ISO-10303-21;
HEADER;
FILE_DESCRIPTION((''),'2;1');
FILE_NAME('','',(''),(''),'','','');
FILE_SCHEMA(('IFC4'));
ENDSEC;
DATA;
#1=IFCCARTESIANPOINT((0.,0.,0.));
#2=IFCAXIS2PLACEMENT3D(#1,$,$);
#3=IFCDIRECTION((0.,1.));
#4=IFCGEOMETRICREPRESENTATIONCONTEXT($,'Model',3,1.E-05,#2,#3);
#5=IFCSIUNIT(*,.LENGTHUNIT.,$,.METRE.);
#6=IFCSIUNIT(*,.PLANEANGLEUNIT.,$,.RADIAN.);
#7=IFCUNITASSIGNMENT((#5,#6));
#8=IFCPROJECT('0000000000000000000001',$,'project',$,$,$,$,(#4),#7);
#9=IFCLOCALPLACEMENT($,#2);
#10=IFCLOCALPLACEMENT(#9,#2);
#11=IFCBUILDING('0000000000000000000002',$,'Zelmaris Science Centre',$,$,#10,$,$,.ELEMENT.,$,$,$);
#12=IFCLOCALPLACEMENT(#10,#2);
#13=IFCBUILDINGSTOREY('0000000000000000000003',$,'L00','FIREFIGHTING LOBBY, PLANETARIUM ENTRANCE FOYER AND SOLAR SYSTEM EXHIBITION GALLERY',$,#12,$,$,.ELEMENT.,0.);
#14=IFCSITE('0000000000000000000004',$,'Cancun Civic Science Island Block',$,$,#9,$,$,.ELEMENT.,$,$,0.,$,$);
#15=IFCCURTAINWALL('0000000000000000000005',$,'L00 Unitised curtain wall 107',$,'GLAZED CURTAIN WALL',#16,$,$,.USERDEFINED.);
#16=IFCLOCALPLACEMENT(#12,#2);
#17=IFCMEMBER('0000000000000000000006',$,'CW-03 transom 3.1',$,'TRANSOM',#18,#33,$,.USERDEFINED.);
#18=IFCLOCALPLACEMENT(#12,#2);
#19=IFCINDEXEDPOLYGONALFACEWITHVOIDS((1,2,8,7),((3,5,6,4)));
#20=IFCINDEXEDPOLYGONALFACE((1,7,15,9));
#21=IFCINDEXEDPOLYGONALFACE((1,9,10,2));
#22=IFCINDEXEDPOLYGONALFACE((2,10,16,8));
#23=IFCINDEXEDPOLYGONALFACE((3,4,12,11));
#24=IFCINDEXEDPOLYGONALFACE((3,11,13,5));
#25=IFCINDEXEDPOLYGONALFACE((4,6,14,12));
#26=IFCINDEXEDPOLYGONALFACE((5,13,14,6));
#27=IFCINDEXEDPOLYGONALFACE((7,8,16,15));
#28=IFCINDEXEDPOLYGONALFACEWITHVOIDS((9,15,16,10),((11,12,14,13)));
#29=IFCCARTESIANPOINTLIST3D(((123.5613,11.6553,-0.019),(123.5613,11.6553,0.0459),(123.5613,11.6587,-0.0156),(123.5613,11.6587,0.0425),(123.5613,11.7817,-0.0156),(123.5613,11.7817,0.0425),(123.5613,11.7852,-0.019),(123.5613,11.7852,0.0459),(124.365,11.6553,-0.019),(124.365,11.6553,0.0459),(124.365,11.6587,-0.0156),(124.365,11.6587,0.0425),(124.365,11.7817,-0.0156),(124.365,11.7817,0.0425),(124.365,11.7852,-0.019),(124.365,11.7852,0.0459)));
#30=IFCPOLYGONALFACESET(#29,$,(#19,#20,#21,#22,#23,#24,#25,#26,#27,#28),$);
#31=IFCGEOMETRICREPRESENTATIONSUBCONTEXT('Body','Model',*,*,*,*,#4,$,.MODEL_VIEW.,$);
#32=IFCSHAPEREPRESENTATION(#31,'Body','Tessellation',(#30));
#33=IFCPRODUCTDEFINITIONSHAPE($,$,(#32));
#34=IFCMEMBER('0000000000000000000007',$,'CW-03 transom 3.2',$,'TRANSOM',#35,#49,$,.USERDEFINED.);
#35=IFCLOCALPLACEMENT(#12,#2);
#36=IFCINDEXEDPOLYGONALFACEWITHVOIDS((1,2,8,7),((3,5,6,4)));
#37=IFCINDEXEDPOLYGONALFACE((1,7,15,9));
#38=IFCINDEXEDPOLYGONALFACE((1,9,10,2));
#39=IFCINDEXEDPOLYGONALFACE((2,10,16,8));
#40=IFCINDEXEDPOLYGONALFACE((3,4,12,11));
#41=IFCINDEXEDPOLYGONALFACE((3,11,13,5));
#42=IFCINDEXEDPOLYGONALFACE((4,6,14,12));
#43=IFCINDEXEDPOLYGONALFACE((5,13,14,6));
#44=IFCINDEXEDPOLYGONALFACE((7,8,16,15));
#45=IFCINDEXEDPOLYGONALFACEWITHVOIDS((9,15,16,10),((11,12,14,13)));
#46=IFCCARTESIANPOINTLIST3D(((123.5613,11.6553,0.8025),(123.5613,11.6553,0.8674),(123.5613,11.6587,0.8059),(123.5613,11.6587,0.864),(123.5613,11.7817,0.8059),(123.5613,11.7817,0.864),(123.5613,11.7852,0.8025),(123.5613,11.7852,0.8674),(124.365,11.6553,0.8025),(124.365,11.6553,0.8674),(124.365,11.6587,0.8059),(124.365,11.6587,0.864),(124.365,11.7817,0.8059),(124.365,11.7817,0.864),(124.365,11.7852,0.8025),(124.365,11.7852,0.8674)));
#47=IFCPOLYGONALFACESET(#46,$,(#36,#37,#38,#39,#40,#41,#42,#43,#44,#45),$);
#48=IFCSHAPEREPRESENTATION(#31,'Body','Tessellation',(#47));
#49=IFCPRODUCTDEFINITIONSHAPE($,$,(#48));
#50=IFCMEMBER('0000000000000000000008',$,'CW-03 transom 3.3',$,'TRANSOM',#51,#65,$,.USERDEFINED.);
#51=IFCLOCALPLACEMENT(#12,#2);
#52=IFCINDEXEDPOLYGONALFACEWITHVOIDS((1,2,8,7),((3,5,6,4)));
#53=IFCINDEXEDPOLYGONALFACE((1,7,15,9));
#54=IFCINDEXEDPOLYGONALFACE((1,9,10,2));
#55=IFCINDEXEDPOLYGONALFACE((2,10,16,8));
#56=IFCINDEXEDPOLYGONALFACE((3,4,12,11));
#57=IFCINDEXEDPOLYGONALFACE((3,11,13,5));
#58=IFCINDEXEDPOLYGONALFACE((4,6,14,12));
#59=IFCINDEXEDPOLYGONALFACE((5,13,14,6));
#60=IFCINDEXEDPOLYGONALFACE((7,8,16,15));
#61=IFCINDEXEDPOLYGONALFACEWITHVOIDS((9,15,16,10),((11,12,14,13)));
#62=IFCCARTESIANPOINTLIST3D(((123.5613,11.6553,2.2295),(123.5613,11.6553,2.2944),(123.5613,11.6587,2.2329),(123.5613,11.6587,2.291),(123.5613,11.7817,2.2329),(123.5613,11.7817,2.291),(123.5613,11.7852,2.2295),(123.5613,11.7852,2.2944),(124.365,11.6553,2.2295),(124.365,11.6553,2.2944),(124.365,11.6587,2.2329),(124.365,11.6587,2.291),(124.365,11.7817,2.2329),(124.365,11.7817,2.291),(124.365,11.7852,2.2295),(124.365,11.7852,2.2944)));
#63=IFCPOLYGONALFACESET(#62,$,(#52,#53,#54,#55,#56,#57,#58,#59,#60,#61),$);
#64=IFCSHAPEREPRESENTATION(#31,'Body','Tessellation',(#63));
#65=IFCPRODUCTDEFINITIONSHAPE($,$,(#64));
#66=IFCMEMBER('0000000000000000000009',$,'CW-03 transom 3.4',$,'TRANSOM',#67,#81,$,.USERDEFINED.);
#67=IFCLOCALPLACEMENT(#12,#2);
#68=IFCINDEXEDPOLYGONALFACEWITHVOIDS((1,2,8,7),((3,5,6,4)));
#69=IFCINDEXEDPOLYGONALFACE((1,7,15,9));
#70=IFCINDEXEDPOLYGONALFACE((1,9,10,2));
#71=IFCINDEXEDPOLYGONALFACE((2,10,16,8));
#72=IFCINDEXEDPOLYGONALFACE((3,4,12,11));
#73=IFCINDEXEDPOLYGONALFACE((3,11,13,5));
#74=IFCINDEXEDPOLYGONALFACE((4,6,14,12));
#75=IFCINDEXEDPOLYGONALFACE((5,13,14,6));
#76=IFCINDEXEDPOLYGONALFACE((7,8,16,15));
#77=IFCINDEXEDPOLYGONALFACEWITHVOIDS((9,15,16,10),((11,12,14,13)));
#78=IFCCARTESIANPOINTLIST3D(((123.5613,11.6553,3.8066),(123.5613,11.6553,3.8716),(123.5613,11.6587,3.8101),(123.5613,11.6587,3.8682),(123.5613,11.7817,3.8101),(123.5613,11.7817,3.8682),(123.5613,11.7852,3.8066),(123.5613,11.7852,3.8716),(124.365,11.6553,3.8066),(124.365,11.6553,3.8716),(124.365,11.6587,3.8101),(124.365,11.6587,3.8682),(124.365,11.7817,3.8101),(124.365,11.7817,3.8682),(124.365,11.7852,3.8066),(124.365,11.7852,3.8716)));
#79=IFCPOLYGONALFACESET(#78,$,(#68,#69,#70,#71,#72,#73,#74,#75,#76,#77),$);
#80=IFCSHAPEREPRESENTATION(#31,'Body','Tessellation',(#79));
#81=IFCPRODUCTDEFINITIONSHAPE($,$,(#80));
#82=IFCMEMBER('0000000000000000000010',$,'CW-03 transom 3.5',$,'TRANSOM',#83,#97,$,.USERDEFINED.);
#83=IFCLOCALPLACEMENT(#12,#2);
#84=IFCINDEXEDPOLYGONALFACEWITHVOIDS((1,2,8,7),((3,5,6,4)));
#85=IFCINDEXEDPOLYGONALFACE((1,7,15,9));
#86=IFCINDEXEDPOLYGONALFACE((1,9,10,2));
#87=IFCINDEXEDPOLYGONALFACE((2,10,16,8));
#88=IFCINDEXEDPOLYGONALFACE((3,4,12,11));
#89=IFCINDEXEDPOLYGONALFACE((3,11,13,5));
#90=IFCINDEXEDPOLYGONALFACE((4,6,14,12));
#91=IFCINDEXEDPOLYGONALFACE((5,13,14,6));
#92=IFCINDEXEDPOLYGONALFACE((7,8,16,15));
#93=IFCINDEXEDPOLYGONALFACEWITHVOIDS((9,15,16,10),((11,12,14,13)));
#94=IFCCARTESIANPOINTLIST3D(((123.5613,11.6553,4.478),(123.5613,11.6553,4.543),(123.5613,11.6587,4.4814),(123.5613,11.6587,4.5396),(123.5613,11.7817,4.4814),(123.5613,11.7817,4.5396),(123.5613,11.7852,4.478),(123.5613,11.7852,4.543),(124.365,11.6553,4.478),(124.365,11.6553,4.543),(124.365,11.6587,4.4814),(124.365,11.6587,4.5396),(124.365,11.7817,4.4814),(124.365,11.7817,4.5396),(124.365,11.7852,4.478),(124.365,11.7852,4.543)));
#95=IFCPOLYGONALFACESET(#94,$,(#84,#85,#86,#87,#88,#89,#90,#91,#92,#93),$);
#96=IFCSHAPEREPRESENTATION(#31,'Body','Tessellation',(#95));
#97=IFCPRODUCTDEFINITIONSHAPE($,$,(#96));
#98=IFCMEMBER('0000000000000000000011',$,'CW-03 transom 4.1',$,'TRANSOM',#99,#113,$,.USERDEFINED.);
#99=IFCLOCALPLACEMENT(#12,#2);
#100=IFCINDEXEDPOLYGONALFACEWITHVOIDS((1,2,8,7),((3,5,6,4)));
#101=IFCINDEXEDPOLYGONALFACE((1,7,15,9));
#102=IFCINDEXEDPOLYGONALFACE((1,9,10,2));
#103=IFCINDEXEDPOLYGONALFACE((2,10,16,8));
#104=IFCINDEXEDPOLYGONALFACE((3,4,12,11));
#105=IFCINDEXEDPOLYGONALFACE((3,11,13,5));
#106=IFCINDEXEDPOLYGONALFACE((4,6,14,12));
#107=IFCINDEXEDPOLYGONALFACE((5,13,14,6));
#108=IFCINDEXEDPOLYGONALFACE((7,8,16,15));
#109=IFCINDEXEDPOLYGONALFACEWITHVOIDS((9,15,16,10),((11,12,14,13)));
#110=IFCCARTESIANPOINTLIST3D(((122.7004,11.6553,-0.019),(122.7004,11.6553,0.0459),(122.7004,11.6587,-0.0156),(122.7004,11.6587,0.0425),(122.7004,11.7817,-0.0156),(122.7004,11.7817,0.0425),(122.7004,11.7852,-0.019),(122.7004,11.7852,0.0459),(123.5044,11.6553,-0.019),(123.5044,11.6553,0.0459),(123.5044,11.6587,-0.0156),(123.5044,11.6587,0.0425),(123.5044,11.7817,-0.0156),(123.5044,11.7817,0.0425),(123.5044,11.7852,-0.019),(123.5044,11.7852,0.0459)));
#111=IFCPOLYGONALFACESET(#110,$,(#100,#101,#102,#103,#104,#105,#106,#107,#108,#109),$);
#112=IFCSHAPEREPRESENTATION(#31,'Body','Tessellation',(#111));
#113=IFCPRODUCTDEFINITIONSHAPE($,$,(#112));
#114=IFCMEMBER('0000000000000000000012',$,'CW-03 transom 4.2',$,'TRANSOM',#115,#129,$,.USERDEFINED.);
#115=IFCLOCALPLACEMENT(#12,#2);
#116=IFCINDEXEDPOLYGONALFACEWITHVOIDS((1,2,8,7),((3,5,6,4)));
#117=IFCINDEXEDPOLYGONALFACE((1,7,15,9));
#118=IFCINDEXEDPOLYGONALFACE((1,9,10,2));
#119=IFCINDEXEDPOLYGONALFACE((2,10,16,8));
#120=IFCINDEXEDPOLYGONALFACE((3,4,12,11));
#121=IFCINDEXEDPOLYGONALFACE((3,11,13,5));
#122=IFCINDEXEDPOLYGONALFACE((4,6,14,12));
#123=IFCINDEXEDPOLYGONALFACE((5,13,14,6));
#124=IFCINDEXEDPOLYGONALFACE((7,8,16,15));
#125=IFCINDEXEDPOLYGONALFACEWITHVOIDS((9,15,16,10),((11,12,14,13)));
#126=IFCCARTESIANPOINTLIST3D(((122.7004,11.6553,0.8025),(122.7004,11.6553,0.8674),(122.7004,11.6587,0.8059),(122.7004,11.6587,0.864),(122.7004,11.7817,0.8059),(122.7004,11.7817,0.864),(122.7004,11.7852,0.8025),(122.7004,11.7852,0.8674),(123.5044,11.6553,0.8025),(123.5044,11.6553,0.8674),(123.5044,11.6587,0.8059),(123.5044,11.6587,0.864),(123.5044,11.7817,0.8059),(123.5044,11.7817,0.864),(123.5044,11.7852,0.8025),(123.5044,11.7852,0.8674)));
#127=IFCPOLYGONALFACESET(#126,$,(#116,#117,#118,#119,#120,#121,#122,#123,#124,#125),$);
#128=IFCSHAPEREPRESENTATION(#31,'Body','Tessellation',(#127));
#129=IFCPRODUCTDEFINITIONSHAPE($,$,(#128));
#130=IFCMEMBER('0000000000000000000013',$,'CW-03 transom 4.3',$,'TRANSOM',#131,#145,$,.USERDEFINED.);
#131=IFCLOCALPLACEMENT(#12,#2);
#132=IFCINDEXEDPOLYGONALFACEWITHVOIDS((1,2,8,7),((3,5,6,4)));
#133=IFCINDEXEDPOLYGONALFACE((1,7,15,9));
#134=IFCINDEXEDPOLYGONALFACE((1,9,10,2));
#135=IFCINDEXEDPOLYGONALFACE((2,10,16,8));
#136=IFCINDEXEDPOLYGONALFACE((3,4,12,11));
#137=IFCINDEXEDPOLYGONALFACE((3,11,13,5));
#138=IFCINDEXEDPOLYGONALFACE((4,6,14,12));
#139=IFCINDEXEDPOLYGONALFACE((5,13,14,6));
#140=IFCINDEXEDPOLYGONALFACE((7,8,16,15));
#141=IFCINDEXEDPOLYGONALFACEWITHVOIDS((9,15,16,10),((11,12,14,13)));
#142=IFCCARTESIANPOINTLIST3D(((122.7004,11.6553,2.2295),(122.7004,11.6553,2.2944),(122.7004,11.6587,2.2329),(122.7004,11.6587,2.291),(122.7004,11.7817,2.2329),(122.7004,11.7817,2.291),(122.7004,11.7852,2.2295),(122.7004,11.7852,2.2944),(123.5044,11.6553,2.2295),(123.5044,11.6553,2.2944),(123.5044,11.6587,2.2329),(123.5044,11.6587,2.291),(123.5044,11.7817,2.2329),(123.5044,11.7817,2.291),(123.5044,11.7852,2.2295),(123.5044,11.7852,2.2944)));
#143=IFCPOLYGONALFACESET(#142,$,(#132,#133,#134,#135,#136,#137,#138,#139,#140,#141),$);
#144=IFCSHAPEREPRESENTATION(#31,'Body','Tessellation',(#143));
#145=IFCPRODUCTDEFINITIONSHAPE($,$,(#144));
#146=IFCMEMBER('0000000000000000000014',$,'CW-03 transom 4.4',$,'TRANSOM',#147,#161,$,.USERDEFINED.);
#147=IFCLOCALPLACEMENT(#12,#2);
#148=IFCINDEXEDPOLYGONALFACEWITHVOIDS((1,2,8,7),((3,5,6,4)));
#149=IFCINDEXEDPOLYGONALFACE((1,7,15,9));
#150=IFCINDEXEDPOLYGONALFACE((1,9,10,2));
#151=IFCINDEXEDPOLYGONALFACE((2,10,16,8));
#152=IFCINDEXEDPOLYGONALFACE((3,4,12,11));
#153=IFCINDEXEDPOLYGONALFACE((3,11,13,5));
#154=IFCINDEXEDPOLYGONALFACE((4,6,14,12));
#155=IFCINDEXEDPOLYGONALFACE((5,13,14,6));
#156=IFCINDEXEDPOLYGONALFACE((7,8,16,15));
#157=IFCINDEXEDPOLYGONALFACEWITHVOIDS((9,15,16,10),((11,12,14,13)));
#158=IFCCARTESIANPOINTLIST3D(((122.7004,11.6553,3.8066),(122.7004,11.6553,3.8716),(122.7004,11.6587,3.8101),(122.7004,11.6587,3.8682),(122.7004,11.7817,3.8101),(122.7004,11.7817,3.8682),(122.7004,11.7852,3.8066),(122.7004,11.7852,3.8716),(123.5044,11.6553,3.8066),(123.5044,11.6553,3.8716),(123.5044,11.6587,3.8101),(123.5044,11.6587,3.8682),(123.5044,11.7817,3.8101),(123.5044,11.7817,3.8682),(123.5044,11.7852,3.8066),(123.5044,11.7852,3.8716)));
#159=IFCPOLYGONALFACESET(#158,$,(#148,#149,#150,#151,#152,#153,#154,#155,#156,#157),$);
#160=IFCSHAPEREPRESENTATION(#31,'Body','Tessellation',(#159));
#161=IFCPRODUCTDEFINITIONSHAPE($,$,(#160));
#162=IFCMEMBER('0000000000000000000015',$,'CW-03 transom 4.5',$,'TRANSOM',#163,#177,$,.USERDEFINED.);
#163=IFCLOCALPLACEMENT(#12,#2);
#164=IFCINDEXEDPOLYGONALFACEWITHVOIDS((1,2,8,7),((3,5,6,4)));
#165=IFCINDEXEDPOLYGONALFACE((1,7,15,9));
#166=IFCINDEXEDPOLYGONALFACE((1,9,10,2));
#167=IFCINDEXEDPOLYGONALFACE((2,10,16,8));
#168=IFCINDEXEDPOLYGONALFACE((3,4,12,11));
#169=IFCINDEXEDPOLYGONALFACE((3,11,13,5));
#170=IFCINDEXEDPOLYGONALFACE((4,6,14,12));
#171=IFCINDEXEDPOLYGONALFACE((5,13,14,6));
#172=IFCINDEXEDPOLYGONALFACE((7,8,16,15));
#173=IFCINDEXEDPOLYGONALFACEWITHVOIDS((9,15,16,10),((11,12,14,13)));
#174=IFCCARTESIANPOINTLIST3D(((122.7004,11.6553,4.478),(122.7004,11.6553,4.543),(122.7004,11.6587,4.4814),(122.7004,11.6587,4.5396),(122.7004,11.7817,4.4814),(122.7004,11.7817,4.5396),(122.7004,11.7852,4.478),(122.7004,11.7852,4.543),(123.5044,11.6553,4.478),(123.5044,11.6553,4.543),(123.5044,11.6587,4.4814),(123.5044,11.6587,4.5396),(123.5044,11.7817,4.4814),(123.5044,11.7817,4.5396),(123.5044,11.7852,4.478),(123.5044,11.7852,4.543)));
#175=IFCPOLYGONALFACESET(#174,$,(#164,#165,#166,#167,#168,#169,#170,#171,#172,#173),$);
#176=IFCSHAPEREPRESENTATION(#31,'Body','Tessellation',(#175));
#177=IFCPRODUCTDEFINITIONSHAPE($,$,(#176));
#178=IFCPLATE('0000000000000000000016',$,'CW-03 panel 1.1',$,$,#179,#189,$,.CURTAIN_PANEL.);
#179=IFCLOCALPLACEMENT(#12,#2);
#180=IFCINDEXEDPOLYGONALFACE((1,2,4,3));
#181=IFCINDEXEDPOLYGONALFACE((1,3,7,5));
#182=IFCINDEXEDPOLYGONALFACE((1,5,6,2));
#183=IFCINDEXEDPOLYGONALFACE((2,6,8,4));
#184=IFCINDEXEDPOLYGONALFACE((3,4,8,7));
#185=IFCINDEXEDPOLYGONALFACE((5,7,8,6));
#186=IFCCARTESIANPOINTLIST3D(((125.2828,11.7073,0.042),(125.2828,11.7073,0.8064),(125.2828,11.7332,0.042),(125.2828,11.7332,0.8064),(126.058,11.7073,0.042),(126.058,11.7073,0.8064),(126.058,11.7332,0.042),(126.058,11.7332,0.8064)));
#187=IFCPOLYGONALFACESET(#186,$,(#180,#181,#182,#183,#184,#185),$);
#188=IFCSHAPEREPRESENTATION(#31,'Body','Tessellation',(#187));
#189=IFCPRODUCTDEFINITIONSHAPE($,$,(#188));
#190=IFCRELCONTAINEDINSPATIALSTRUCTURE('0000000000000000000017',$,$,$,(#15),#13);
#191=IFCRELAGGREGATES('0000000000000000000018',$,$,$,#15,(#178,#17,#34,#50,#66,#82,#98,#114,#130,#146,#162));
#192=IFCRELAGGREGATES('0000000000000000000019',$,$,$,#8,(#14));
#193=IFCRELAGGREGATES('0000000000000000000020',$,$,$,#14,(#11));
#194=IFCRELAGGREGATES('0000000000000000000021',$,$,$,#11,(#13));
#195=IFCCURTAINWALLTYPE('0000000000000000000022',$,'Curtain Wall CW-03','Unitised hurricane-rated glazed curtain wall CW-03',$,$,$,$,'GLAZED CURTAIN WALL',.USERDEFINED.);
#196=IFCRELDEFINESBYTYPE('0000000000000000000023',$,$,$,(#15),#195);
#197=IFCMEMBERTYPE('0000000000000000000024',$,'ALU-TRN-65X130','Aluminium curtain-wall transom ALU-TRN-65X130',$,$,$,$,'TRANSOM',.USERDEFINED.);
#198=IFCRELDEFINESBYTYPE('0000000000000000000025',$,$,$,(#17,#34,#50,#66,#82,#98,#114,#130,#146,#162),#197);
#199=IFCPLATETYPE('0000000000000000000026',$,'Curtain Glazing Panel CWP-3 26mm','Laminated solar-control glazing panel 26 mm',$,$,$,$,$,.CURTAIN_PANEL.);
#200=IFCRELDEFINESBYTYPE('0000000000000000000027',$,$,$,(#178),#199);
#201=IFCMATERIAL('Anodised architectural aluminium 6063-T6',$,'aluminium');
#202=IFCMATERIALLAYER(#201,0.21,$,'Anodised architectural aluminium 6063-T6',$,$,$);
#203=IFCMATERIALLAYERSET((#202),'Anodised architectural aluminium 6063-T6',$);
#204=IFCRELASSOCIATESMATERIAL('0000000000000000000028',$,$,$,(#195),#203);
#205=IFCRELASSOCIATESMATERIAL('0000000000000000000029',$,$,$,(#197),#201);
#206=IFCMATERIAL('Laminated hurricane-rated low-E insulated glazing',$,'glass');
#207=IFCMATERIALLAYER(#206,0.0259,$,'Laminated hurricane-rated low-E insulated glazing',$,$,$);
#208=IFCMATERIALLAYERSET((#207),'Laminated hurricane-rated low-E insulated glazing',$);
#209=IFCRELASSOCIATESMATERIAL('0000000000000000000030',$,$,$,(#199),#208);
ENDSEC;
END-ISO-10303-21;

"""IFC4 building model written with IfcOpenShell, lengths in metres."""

from ifc_helpers import new_model, si_unit, direction, frame, origin, origin_2d, place, context, subcontext, project, spatial, rectangle, hollow_rectangle, extrude, material, layer, layer_set, material_profile, profile_set, type_object, element, aggregate, save


model = new_model("IFC4")

# Units and contexts
model_context = context("Model", 3, precision=1e-05, world=origin(), true_north=direction((0.0, 1.0)))
body_context = subcontext(model_context, "Body", "Model", "MODEL_VIEW")
ifc_project = project(units=[si_unit("LENGTHUNIT", "METRE"), si_unit("PLANEANGLEUNIT", "RADIAN")], contexts=[model_context])

# Site, building, storey
site_placement = place(None, origin())
site = spatial("IfcSite", under=ifc_project, at=site_placement, Name="Cancun Civic Science Island Block", CompositionType="ELEMENT", RefElevation=0.0)
building_placement = place(site_placement, origin())
building = spatial("IfcBuilding", under=site, at=building_placement, Name="Zelmaris Science Centre", CompositionType="ELEMENT")
storey_placement = place(building_placement, origin())
storey = spatial("IfcBuildingStorey", under=building, at=storey_placement, Name="L00", Description="FIREFIGHTING LOBBY, PLANETARIUM ENTRANCE FOYER AND SOLAR SYSTEM EXHIBITION GALLERY", CompositionType="ELEMENT", Elevation=0.0)

# Curtain wall, members, plate
ifc_material_1 = material(Name="Anodised architectural aluminium 6063-T6", Category="aluminium")
ifc_layer_1 = layer(ifc_material_1, 0.21, Name="Anodised architectural aluminium 6063-T6")
ifc_layer_set_1 = layer_set([ifc_layer_1], Name="Anodised architectural aluminium 6063-T6")
curtain_wall_type = type_object("IfcCurtainWallType", Name="Curtain Wall CW-03", Description="Unitised hurricane-rated glazed curtain wall CW-03", ElementType="GLAZED CURTAIN WALL", PredefinedType="USERDEFINED", material=ifc_layer_set_1)
curtain_wall_placement = place(storey_placement, origin())
curtain_wall = element("IfcCurtainWall", 1, at=curtain_wall_placement, inside=storey, type_object=curtain_wall_type, Name="L00 Unitised curtain wall 107", ObjectType="GLAZED CURTAIN WALL", PredefinedType="USERDEFINED")
ifc_material_profile_1 = material_profile(ifc_material_1, hollow_rectangle(XDim=0.0649, YDim=0.1299, WallThickness=0.0034, at=origin_2d()), Name="ALU-TRN-65X130")
ifc_profile_set_1 = profile_set([ifc_material_profile_1], Name="Anodised architectural aluminium 6063-T6")
member_type_1 = type_object("IfcMemberType", Name="ALU-TRN-65X130", Description="Aluminium curtain-wall transom ALU-TRN-65X130", ElementType="TRANSOM", PredefinedType="USERDEFINED", material=ifc_profile_set_1)
member_1_placement = place(storey_placement, frame((124.365, 11.7202, 0.0134), z_axis=(-1.0, 0.0, 0.0), x_axis=(0.0, 0.0, 1.0)))
member_1 = element("IfcMember", 2, at=member_1_placement, type_object=member_type_1, Name="CW-03 transom 3.1", ObjectType="TRANSOM", PredefinedType="USERDEFINED", context=body_context, shape_type="SweptSolid", body=[
    extrude(hollow_rectangle(XDim=0.0649, YDim=0.1299, WallThickness=0.0034, at=origin_2d()), origin(), (0.0, 0.0, 1.0), 0.8037),
])
member_2_placement = place(storey_placement, frame((124.365, 11.7202, 0.835), z_axis=(-1.0, 0.0, 0.0), x_axis=(0.0, 0.0, 1.0)))
member_2 = element("IfcMember", 3, at=member_2_placement, type_object=member_type_1, Name="CW-03 transom 3.2", ObjectType="TRANSOM", PredefinedType="USERDEFINED", context=body_context, shape_type="SweptSolid", body=[
    extrude(hollow_rectangle(XDim=0.0649, YDim=0.1299, WallThickness=0.0034, at=origin_2d()), origin(), (0.0, 0.0, 1.0), 0.8037),
])
member_3_placement = place(storey_placement, frame((124.365, 11.7202, 2.262), z_axis=(-1.0, 0.0, 0.0), x_axis=(0.0, 0.0, 1.0)))
member_3 = element("IfcMember", 4, at=member_3_placement, type_object=member_type_1, Name="CW-03 transom 3.3", ObjectType="TRANSOM", PredefinedType="USERDEFINED", context=body_context, shape_type="SweptSolid", body=[
    extrude(hollow_rectangle(XDim=0.0649, YDim=0.1299, WallThickness=0.0034, at=origin_2d()), origin(), (0.0, 0.0, 1.0), 0.8037),
])
member_4_placement = place(storey_placement, frame((124.365, 11.7202, 3.8391), z_axis=(-1.0, 0.0, 0.0), x_axis=(0.0, 0.0, 1.0)))
member_4 = element("IfcMember", 5, at=member_4_placement, type_object=member_type_1, Name="CW-03 transom 3.4", ObjectType="TRANSOM", PredefinedType="USERDEFINED", context=body_context, shape_type="SweptSolid", body=[
    extrude(hollow_rectangle(XDim=0.0649, YDim=0.1299, WallThickness=0.0034, at=origin_2d()), origin(), (0.0, 0.0, 1.0), 0.8037),
])
member_5_placement = place(storey_placement, frame((124.365, 11.7202, 4.5105), z_axis=(-1.0, 0.0, 0.0), x_axis=(0.0, 0.0, 1.0)))
member_5 = element("IfcMember", 6, at=member_5_placement, type_object=member_type_1, Name="CW-03 transom 3.5", ObjectType="TRANSOM", PredefinedType="USERDEFINED", context=body_context, shape_type="SweptSolid", body=[
    extrude(hollow_rectangle(XDim=0.0649, YDim=0.1299, WallThickness=0.0034, at=origin_2d()), origin(), (0.0, 0.0, 1.0), 0.8037),
])
member_6_placement = place(storey_placement, frame((123.5044, 11.7202, 0.0134), z_axis=(-1.0, 0.0, 0.0), x_axis=(0.0, 0.0, 1.0)))
member_6 = element("IfcMember", 7, at=member_6_placement, type_object=member_type_1, Name="CW-03 transom 4.1", ObjectType="TRANSOM", PredefinedType="USERDEFINED", context=body_context, shape_type="SweptSolid", body=[
    extrude(hollow_rectangle(XDim=0.0649, YDim=0.1299, WallThickness=0.0034, at=origin_2d()), origin(), (0.0, 0.0, 1.0), 0.804),
])
member_7_placement = place(storey_placement, frame((123.5044, 11.7202, 0.835), z_axis=(-1.0, 0.0, 0.0), x_axis=(0.0, 0.0, 1.0)))
member_7 = element("IfcMember", 8, at=member_7_placement, type_object=member_type_1, Name="CW-03 transom 4.2", ObjectType="TRANSOM", PredefinedType="USERDEFINED", context=body_context, shape_type="SweptSolid", body=[
    extrude(hollow_rectangle(XDim=0.0649, YDim=0.1299, WallThickness=0.0034, at=origin_2d()), origin(), (0.0, 0.0, 1.0), 0.804),
])
member_8_placement = place(storey_placement, frame((123.5044, 11.7202, 2.262), z_axis=(-1.0, 0.0, 0.0), x_axis=(0.0, 0.0, 1.0)))
member_8 = element("IfcMember", 9, at=member_8_placement, type_object=member_type_1, Name="CW-03 transom 4.3", ObjectType="TRANSOM", PredefinedType="USERDEFINED", context=body_context, shape_type="SweptSolid", body=[
    extrude(hollow_rectangle(XDim=0.0649, YDim=0.1299, WallThickness=0.0034, at=origin_2d()), origin(), (0.0, 0.0, 1.0), 0.804),
])
member_9_placement = place(storey_placement, frame((123.5044, 11.7202, 3.8391), z_axis=(-1.0, 0.0, 0.0), x_axis=(0.0, 0.0, 1.0)))
member_9 = element("IfcMember", 10, at=member_9_placement, type_object=member_type_1, Name="CW-03 transom 4.4", ObjectType="TRANSOM", PredefinedType="USERDEFINED", context=body_context, shape_type="SweptSolid", body=[
    extrude(hollow_rectangle(XDim=0.0649, YDim=0.1299, WallThickness=0.0034, at=origin_2d()), origin(), (0.0, 0.0, 1.0), 0.804),
])
member_10_placement = place(storey_placement, frame((123.5044, 11.7202, 4.5105), z_axis=(-1.0, 0.0, 0.0), x_axis=(0.0, 0.0, 1.0)))
member_10 = element("IfcMember", 11, at=member_10_placement, type_object=member_type_1, Name="CW-03 transom 4.5", ObjectType="TRANSOM", PredefinedType="USERDEFINED", context=body_context, shape_type="SweptSolid", body=[
    extrude(hollow_rectangle(XDim=0.0649, YDim=0.1299, WallThickness=0.0034, at=origin_2d()), origin(), (0.0, 0.0, 1.0), 0.804),
])
ifc_material_2 = material(Name="Laminated hurricane-rated low-E insulated glazing", Category="glass")
ifc_layer_2 = layer(ifc_material_2, 0.0259, Name="Laminated hurricane-rated low-E insulated glazing")
ifc_layer_set_2 = layer_set([ifc_layer_2], Name="Laminated hurricane-rated low-E insulated glazing")
plate_type = type_object("IfcPlateType", Name="Curtain Glazing Panel CWP-3 26mm", Description="Laminated solar-control glazing panel 26 mm", PredefinedType="CURTAIN_PANEL", material=ifc_layer_set_2)
plate_1_placement = place(storey_placement, frame((125.6704, 11.7202, 0.042), z_axis=(0.0, 0.0, 1.0), x_axis=(-1.0, 0.0, 0.0)))
plate_1 = element("IfcPlate", 12, at=plate_1_placement, type_object=plate_type, Name="CW-03 panel 1.1", PredefinedType="CURTAIN_PANEL", context=body_context, shape_type="SweptSolid", body=[
    extrude(rectangle(XDim=0.7751, YDim=0.0259, at=origin_2d()), origin(), (0.0, 0.0, 1.0), 0.7644),
])
aggregate(curtain_wall, [plate_1, member_1, member_2, member_3, member_4, member_5, member_6, member_7, member_8, member_9, member_10])

save(model, "model.ifc")
